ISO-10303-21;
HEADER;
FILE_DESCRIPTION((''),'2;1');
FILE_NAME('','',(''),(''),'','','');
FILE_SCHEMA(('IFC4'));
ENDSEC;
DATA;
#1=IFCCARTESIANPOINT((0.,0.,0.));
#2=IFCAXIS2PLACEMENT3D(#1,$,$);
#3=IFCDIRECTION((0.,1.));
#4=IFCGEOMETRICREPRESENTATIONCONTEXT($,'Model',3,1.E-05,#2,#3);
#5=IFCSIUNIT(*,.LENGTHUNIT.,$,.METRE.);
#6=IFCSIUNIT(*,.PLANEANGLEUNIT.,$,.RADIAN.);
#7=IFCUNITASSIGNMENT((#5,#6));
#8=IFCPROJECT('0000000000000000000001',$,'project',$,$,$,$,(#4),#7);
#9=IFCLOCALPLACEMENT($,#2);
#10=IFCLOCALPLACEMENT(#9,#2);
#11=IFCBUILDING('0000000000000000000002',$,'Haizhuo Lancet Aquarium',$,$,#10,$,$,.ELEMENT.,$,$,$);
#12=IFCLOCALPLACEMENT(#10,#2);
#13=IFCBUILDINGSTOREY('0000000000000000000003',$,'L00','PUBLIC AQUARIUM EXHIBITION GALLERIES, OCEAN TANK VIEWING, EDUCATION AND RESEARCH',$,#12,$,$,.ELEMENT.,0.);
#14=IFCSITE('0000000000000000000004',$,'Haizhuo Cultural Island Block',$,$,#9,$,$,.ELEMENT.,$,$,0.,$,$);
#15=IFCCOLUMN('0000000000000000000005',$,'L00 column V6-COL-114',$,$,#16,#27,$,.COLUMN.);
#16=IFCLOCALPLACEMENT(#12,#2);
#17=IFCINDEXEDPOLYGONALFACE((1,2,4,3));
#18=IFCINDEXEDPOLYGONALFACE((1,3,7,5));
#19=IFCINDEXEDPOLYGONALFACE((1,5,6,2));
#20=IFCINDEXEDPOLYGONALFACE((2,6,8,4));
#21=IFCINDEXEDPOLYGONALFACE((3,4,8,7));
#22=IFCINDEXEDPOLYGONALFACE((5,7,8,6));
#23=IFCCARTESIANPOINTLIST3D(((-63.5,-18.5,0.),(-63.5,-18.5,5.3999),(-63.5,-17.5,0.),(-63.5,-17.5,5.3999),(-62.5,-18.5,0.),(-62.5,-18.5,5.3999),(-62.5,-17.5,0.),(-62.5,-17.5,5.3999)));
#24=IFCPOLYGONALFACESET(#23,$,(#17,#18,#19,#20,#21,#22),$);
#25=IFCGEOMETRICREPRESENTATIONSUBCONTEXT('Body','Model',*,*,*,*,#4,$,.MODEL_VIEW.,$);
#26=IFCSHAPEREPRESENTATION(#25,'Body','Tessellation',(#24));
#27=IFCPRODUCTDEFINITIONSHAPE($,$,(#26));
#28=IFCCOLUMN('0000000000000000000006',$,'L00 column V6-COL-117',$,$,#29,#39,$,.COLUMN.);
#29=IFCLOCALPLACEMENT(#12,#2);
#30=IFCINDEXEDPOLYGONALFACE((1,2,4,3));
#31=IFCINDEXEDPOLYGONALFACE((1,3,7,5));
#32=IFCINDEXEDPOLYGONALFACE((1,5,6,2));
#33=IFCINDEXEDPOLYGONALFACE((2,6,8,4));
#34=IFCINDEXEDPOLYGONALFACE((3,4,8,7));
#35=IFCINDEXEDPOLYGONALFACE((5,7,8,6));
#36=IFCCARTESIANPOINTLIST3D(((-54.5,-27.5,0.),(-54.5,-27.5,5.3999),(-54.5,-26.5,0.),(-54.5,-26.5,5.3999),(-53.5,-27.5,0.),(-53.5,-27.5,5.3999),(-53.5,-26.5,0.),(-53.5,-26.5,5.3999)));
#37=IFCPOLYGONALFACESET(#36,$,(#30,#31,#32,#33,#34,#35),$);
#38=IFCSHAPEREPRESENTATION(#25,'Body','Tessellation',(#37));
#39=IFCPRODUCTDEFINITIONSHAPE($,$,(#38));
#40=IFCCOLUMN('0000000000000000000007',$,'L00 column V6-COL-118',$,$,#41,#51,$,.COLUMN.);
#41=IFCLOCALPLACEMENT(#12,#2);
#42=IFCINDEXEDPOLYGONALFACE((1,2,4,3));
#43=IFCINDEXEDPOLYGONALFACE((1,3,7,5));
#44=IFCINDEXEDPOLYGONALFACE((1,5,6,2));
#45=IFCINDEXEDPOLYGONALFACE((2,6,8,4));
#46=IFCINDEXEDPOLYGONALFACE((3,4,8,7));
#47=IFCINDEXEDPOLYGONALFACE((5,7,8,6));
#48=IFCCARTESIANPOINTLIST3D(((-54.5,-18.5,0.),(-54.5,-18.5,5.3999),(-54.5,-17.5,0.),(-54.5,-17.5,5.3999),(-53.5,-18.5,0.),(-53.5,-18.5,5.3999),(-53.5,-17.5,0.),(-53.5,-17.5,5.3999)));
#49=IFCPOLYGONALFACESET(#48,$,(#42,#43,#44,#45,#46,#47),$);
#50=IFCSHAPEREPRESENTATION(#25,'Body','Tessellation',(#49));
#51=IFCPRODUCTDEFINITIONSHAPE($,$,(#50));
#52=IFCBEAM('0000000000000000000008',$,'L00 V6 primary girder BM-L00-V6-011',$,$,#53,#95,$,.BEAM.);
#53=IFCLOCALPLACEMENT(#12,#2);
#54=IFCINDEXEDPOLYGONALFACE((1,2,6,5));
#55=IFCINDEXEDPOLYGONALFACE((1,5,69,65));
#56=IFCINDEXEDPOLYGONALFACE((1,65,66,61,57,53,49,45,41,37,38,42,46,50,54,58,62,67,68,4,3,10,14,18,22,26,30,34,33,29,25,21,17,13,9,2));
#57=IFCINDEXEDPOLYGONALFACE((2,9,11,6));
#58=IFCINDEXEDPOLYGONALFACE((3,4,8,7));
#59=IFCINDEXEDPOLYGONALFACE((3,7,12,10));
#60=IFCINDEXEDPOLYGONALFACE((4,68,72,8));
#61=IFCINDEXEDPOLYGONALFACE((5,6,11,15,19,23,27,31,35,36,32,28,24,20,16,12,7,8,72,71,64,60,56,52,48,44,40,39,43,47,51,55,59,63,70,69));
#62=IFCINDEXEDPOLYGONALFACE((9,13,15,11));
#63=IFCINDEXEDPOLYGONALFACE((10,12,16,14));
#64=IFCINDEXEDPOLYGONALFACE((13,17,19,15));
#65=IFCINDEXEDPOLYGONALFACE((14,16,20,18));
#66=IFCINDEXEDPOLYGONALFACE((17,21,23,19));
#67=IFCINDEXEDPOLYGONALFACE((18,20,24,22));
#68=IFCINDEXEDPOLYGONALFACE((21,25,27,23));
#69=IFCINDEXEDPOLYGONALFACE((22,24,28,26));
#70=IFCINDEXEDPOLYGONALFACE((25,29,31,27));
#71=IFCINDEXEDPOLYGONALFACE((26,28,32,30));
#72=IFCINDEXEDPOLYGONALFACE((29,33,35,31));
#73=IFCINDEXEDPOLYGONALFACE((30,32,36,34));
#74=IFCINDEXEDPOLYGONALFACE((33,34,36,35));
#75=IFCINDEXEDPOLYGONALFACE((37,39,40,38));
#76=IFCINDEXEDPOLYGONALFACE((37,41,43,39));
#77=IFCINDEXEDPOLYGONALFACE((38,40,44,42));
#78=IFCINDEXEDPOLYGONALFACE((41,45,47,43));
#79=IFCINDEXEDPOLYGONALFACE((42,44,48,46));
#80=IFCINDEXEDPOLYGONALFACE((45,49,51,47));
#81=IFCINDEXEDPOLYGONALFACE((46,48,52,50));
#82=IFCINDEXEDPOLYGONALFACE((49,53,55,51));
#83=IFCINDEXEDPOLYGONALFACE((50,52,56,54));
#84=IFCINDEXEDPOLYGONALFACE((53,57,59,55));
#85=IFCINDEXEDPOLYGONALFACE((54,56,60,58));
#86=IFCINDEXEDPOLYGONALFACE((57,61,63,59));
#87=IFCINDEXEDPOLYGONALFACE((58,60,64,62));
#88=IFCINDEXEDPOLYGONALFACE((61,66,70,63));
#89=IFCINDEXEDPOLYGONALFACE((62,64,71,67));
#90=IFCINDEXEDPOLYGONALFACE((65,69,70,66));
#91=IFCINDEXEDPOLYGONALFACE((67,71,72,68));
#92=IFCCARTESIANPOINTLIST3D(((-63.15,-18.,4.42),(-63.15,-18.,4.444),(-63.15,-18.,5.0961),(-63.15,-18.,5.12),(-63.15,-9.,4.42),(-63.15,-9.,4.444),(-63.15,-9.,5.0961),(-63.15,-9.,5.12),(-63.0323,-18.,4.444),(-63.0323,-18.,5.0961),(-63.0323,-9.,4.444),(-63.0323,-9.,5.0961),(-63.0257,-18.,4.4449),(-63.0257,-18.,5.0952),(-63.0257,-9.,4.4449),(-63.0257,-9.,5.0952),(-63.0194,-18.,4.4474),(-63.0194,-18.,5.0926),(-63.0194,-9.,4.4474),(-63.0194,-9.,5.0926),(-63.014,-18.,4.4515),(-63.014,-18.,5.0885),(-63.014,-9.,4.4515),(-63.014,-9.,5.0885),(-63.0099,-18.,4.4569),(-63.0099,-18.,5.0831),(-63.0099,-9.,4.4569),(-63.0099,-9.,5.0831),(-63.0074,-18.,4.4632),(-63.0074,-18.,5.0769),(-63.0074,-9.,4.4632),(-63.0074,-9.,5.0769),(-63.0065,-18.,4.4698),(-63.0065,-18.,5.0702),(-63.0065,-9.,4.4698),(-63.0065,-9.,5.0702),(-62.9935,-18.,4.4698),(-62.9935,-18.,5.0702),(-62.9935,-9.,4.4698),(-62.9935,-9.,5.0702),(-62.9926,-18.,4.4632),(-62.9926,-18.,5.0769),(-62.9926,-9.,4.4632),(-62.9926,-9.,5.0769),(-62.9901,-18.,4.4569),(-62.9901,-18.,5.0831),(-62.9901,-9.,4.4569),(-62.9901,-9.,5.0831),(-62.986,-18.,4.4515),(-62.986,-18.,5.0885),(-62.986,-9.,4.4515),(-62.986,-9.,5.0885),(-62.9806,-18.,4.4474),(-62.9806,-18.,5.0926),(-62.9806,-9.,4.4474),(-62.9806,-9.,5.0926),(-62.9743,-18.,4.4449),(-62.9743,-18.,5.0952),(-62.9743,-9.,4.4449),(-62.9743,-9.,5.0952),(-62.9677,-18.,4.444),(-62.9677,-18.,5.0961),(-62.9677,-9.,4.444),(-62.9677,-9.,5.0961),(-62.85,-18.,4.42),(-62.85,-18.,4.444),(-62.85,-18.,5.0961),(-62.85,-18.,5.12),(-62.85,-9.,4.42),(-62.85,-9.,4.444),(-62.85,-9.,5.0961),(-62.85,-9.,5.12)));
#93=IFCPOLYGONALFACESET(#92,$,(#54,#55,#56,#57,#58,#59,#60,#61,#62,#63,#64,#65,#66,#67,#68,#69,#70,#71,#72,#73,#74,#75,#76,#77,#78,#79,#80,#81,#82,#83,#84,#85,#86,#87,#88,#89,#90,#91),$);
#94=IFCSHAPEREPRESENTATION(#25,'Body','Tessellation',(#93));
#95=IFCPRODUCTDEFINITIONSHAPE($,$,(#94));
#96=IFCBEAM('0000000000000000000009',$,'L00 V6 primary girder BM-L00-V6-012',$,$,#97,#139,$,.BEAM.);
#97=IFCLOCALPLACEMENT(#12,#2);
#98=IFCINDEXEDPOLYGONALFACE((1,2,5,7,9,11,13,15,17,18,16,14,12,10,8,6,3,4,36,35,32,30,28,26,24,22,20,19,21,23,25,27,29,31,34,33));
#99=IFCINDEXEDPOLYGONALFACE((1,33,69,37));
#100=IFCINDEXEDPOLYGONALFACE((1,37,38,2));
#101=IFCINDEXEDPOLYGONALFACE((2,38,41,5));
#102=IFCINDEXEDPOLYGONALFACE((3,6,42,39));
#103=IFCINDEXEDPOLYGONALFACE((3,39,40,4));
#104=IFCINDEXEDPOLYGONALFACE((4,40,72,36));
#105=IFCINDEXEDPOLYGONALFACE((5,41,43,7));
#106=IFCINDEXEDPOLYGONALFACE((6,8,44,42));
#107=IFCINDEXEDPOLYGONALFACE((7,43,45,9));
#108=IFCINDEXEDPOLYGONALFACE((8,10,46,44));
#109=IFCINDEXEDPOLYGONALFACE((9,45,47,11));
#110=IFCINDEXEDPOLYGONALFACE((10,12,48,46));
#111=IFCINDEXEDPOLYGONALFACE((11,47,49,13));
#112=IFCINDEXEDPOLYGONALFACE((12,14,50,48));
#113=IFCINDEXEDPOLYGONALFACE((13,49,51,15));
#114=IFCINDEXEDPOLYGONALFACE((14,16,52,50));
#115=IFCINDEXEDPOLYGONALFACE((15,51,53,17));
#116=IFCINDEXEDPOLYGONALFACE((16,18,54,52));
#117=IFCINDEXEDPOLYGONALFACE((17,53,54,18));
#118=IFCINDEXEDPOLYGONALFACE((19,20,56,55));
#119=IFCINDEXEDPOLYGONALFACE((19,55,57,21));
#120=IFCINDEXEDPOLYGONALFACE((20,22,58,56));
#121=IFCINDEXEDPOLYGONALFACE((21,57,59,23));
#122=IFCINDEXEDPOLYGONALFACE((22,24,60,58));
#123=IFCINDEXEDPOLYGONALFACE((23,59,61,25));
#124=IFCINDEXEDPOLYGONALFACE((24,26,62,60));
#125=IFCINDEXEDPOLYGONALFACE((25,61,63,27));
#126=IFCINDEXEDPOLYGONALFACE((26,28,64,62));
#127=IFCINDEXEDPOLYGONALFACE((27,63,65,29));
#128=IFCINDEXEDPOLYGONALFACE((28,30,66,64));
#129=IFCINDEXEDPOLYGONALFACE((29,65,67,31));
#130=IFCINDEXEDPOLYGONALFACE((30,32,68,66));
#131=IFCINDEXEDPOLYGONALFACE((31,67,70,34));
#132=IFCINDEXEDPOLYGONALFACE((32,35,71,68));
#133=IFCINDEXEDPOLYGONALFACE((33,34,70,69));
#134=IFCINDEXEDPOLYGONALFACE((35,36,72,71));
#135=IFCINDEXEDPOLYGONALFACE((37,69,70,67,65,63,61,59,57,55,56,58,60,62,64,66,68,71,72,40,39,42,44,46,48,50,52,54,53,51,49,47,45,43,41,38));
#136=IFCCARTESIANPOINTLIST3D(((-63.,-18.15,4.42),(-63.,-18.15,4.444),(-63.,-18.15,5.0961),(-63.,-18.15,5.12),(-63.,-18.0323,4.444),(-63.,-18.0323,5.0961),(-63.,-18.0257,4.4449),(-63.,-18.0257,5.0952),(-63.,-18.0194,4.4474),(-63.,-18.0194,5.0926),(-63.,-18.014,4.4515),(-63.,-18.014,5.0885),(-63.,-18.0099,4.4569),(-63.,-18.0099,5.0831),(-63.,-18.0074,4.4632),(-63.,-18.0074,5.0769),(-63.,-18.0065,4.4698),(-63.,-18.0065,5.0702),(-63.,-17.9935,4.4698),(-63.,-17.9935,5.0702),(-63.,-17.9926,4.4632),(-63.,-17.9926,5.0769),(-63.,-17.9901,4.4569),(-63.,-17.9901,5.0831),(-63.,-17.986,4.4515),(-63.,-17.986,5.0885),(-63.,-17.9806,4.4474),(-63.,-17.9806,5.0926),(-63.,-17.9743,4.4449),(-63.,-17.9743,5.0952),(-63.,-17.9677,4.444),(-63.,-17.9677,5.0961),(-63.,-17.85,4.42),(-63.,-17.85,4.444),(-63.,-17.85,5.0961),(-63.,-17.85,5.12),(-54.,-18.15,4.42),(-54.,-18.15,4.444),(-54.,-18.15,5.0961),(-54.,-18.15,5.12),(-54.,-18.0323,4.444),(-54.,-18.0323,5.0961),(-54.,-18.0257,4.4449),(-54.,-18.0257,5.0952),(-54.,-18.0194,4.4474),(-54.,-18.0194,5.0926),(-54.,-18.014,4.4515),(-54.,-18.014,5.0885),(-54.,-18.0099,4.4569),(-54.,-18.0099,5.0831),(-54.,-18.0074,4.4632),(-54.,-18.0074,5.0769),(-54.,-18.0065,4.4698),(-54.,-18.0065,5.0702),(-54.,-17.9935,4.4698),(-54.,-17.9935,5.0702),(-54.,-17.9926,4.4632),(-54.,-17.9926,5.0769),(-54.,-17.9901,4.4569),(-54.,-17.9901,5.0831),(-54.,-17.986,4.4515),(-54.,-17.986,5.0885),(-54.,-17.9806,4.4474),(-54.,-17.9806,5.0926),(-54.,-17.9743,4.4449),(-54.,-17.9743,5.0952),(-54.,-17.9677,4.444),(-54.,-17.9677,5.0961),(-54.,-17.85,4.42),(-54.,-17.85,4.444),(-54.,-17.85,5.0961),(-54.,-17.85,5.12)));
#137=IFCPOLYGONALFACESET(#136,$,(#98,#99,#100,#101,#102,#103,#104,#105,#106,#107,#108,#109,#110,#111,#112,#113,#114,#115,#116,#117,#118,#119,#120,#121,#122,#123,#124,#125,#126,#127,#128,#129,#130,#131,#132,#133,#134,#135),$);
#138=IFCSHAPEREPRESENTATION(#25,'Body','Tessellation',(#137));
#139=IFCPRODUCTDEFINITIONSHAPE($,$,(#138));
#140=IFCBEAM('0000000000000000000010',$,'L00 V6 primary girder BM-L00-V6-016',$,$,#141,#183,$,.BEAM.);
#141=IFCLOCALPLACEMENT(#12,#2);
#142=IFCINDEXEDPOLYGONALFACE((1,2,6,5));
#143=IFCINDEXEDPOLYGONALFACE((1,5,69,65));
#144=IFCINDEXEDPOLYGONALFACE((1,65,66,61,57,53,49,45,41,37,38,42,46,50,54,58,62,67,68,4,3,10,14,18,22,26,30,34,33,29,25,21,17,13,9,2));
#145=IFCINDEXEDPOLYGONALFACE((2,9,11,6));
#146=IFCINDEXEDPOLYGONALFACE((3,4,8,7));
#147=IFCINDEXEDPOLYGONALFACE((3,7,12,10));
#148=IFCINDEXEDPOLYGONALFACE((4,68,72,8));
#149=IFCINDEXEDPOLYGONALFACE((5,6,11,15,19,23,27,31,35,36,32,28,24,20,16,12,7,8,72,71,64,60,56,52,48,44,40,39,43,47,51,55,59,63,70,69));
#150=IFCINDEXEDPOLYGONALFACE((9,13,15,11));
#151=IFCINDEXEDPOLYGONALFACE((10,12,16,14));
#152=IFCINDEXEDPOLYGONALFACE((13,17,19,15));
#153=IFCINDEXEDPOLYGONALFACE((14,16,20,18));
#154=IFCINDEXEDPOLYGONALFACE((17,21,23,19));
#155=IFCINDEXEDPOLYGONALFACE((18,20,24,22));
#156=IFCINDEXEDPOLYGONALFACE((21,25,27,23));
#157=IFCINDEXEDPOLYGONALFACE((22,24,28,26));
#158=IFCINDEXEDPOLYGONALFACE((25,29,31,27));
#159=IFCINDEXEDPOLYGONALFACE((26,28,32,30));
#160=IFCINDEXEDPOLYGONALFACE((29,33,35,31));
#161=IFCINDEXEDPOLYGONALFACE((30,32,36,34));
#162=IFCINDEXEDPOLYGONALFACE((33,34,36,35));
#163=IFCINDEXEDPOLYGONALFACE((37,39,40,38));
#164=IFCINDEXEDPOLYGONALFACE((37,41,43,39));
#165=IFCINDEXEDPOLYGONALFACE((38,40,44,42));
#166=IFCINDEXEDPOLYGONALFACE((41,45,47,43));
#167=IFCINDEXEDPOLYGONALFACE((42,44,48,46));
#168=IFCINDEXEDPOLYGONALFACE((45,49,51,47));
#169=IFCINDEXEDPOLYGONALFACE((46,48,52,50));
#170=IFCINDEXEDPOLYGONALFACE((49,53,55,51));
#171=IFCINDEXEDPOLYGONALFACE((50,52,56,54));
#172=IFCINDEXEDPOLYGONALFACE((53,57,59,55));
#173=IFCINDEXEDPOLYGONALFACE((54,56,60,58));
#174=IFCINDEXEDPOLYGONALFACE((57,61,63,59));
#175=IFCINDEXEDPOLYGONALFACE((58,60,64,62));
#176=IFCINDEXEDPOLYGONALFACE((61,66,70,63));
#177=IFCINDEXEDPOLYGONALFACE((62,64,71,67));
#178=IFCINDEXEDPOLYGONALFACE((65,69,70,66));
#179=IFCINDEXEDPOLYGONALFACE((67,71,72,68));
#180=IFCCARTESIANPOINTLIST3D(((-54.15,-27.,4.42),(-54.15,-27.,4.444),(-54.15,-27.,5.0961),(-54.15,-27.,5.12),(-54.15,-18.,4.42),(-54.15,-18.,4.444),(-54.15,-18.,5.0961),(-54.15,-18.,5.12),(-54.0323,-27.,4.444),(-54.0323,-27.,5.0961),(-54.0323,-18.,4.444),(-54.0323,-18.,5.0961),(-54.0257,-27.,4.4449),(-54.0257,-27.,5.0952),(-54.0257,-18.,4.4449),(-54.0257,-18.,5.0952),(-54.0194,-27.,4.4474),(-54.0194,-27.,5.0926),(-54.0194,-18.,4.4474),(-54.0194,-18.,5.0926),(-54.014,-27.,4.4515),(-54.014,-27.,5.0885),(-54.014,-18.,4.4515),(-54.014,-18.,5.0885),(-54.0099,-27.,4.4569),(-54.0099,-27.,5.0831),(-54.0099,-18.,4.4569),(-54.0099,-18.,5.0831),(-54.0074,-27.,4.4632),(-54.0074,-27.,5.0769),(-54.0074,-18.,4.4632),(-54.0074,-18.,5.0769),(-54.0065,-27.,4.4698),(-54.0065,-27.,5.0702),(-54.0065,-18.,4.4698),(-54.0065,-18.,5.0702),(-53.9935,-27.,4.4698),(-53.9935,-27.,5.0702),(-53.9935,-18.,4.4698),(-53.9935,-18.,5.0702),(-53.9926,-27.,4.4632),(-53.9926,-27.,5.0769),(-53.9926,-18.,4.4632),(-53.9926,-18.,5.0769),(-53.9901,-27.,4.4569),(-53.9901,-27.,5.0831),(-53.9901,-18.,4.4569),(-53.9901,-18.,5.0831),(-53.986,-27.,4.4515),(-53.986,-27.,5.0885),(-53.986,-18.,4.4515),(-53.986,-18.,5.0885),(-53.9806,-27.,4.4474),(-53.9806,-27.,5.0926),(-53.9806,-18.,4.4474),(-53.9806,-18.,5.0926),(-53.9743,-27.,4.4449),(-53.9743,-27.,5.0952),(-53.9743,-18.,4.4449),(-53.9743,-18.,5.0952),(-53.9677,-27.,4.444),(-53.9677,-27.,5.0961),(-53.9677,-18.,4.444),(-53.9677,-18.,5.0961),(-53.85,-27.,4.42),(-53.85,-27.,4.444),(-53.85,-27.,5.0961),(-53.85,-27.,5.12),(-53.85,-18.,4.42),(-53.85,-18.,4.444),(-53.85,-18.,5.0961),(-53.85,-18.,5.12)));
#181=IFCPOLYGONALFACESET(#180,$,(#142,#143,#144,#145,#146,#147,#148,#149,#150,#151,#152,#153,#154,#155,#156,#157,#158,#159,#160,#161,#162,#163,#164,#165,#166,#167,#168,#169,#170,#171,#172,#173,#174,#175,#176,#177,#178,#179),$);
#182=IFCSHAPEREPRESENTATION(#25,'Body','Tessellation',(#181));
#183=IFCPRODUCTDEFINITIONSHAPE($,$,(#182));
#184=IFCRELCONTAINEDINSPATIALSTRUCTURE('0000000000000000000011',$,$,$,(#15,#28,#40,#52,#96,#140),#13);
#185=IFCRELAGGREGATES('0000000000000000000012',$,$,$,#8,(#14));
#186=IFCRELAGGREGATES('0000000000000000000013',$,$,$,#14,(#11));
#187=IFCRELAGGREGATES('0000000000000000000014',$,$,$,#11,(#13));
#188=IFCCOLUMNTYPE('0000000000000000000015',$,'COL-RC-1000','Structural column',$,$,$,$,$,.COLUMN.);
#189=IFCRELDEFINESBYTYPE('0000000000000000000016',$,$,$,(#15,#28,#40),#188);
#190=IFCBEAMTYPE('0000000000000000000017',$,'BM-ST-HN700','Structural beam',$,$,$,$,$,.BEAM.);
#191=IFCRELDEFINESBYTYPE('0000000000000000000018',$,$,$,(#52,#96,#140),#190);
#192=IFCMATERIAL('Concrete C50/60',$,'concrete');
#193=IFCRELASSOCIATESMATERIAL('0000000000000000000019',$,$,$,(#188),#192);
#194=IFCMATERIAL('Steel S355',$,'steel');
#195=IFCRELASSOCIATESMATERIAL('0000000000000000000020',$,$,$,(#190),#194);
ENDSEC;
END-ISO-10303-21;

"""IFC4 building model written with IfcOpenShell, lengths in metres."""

from ifc_helpers import new_model, si_unit, direction, frame, origin, origin_2d, place, context, subcontext, project, spatial, rectangle, i_section, extrude, material, material_profile, profile_set, type_object, element, save


model = new_model("IFC4")

# Units and contexts
model_context = context("Model", 3, precision=1e-05, world=origin(), true_north=direction((0.0, 1.0)))
body_context = subcontext(model_context, "Body", "Model", "MODEL_VIEW")
ifc_project = project(units=[si_unit("LENGTHUNIT", "METRE"), si_unit("PLANEANGLEUNIT", "RADIAN")], contexts=[model_context])

# Site, building, storey
site_placement = place(None, origin())
site = spatial("IfcSite", under=ifc_project, at=site_placement, Name="Haizhuo Cultural Island Block", CompositionType="ELEMENT", RefElevation=0.0)
building_placement = place(site_placement, origin())
building = spatial("IfcBuilding", under=site, at=building_placement, Name="Haizhuo Lancet Aquarium", CompositionType="ELEMENT")
storey_placement = place(building_placement, origin())
storey = spatial("IfcBuildingStorey", under=building, at=storey_placement, Name="L00", Description="PUBLIC AQUARIUM EXHIBITION GALLERIES, OCEAN TANK VIEWING, EDUCATION AND RESEARCH", CompositionType="ELEMENT", Elevation=0.0)

# Columns
ifc_material_1 = material(Name="Concrete C50/60", Category="concrete")
ifc_material_profile_1 = material_profile(ifc_material_1, rectangle(XDim=1.0, YDim=1.0, at=origin_2d()), Name="RC-COL 1000x1000")
ifc_profile_set_1 = profile_set([ifc_material_profile_1], Name="Concrete C50/60")
column_type = type_object("IfcColumnType", Name="COL-RC-1000", Description="Structural column", PredefinedType="COLUMN", material=ifc_profile_set_1)
for number, where, z_axis, x_axis, name in (
    (1, (-63.0, -18.0, 0.0), (0.0, 0.0, 1.0), (1.0, 0.0, 0.0), "L00 column V6-COL-114"),
    (2, (-54.0, -27.0, 0.0), (0.0, 0.0, 1.0), (1.0, 0.0, 0.0), "L00 column V6-COL-117"),
    (3, (-54.0, -18.0, 0.0), (0.0, 0.0, 1.0), (1.0, 0.0, 0.0), "L00 column V6-COL-118"),
):
    element("IfcColumn", number, at=place(storey_placement, frame(where, z_axis=z_axis, x_axis=x_axis)), inside=storey, type_object=column_type, Name=name, PredefinedType="COLUMN", context=body_context, shape_type="SweptSolid", body=[
        extrude(rectangle(XDim=1.0, YDim=1.0, at=origin_2d()), origin(), (0.0, 0.0, 1.0), 5.3999),
    ])

# Beams
ifc_material_2 = material(Name="Steel S355", Category="steel")
ifc_material_profile_2 = material_profile(ifc_material_2, i_section(OverallWidth=0.3, OverallDepth=0.7, WebThickness=0.0129, FlangeThickness=0.0239, FilletRadius=0.0259, at=origin_2d()), Name="HN 700x300x13x24")
ifc_profile_set_2 = profile_set([ifc_material_profile_2], Name="Steel S355")
beam_type_1 = type_object("IfcBeamType", Name="BM-ST-HN700", Description="Structural beam", PredefinedType="BEAM", material=ifc_profile_set_2)
for number, where, z_axis, x_axis, name in (
    (4, (-63.0, -18.0, 4.77), (0.0, 1.0, 0.0), (-1.0, 0.0, 0.0), "L00 V6 primary girder BM-L00-V6-011"),
    (5, (-63.0, -18.0, 4.77), (1.0, 0.0, 0.0), (0.0, 1.0, 0.0), "L00 V6 primary girder BM-L00-V6-012"),
    (6, (-54.0, -27.0, 4.77), (0.0, 1.0, 0.0), (-1.0, 0.0, 0.0), "L00 V6 primary girder BM-L00-V6-016"),
):
    element("IfcBeam", number, at=place(storey_placement, frame(where, z_axis=z_axis, x_axis=x_axis)), inside=storey, type_object=beam_type_1, Name=name, PredefinedType="BEAM", context=body_context, shape_type="SweptSolid", body=[
        extrude(i_section(OverallWidth=0.3, OverallDepth=0.7, WebThickness=0.0129, FlangeThickness=0.0239, FilletRadius=0.0259, at=origin_2d()), origin(), (0.0, 0.0, 1.0), 9.0),
    ])

save(model, "model.ifc")
